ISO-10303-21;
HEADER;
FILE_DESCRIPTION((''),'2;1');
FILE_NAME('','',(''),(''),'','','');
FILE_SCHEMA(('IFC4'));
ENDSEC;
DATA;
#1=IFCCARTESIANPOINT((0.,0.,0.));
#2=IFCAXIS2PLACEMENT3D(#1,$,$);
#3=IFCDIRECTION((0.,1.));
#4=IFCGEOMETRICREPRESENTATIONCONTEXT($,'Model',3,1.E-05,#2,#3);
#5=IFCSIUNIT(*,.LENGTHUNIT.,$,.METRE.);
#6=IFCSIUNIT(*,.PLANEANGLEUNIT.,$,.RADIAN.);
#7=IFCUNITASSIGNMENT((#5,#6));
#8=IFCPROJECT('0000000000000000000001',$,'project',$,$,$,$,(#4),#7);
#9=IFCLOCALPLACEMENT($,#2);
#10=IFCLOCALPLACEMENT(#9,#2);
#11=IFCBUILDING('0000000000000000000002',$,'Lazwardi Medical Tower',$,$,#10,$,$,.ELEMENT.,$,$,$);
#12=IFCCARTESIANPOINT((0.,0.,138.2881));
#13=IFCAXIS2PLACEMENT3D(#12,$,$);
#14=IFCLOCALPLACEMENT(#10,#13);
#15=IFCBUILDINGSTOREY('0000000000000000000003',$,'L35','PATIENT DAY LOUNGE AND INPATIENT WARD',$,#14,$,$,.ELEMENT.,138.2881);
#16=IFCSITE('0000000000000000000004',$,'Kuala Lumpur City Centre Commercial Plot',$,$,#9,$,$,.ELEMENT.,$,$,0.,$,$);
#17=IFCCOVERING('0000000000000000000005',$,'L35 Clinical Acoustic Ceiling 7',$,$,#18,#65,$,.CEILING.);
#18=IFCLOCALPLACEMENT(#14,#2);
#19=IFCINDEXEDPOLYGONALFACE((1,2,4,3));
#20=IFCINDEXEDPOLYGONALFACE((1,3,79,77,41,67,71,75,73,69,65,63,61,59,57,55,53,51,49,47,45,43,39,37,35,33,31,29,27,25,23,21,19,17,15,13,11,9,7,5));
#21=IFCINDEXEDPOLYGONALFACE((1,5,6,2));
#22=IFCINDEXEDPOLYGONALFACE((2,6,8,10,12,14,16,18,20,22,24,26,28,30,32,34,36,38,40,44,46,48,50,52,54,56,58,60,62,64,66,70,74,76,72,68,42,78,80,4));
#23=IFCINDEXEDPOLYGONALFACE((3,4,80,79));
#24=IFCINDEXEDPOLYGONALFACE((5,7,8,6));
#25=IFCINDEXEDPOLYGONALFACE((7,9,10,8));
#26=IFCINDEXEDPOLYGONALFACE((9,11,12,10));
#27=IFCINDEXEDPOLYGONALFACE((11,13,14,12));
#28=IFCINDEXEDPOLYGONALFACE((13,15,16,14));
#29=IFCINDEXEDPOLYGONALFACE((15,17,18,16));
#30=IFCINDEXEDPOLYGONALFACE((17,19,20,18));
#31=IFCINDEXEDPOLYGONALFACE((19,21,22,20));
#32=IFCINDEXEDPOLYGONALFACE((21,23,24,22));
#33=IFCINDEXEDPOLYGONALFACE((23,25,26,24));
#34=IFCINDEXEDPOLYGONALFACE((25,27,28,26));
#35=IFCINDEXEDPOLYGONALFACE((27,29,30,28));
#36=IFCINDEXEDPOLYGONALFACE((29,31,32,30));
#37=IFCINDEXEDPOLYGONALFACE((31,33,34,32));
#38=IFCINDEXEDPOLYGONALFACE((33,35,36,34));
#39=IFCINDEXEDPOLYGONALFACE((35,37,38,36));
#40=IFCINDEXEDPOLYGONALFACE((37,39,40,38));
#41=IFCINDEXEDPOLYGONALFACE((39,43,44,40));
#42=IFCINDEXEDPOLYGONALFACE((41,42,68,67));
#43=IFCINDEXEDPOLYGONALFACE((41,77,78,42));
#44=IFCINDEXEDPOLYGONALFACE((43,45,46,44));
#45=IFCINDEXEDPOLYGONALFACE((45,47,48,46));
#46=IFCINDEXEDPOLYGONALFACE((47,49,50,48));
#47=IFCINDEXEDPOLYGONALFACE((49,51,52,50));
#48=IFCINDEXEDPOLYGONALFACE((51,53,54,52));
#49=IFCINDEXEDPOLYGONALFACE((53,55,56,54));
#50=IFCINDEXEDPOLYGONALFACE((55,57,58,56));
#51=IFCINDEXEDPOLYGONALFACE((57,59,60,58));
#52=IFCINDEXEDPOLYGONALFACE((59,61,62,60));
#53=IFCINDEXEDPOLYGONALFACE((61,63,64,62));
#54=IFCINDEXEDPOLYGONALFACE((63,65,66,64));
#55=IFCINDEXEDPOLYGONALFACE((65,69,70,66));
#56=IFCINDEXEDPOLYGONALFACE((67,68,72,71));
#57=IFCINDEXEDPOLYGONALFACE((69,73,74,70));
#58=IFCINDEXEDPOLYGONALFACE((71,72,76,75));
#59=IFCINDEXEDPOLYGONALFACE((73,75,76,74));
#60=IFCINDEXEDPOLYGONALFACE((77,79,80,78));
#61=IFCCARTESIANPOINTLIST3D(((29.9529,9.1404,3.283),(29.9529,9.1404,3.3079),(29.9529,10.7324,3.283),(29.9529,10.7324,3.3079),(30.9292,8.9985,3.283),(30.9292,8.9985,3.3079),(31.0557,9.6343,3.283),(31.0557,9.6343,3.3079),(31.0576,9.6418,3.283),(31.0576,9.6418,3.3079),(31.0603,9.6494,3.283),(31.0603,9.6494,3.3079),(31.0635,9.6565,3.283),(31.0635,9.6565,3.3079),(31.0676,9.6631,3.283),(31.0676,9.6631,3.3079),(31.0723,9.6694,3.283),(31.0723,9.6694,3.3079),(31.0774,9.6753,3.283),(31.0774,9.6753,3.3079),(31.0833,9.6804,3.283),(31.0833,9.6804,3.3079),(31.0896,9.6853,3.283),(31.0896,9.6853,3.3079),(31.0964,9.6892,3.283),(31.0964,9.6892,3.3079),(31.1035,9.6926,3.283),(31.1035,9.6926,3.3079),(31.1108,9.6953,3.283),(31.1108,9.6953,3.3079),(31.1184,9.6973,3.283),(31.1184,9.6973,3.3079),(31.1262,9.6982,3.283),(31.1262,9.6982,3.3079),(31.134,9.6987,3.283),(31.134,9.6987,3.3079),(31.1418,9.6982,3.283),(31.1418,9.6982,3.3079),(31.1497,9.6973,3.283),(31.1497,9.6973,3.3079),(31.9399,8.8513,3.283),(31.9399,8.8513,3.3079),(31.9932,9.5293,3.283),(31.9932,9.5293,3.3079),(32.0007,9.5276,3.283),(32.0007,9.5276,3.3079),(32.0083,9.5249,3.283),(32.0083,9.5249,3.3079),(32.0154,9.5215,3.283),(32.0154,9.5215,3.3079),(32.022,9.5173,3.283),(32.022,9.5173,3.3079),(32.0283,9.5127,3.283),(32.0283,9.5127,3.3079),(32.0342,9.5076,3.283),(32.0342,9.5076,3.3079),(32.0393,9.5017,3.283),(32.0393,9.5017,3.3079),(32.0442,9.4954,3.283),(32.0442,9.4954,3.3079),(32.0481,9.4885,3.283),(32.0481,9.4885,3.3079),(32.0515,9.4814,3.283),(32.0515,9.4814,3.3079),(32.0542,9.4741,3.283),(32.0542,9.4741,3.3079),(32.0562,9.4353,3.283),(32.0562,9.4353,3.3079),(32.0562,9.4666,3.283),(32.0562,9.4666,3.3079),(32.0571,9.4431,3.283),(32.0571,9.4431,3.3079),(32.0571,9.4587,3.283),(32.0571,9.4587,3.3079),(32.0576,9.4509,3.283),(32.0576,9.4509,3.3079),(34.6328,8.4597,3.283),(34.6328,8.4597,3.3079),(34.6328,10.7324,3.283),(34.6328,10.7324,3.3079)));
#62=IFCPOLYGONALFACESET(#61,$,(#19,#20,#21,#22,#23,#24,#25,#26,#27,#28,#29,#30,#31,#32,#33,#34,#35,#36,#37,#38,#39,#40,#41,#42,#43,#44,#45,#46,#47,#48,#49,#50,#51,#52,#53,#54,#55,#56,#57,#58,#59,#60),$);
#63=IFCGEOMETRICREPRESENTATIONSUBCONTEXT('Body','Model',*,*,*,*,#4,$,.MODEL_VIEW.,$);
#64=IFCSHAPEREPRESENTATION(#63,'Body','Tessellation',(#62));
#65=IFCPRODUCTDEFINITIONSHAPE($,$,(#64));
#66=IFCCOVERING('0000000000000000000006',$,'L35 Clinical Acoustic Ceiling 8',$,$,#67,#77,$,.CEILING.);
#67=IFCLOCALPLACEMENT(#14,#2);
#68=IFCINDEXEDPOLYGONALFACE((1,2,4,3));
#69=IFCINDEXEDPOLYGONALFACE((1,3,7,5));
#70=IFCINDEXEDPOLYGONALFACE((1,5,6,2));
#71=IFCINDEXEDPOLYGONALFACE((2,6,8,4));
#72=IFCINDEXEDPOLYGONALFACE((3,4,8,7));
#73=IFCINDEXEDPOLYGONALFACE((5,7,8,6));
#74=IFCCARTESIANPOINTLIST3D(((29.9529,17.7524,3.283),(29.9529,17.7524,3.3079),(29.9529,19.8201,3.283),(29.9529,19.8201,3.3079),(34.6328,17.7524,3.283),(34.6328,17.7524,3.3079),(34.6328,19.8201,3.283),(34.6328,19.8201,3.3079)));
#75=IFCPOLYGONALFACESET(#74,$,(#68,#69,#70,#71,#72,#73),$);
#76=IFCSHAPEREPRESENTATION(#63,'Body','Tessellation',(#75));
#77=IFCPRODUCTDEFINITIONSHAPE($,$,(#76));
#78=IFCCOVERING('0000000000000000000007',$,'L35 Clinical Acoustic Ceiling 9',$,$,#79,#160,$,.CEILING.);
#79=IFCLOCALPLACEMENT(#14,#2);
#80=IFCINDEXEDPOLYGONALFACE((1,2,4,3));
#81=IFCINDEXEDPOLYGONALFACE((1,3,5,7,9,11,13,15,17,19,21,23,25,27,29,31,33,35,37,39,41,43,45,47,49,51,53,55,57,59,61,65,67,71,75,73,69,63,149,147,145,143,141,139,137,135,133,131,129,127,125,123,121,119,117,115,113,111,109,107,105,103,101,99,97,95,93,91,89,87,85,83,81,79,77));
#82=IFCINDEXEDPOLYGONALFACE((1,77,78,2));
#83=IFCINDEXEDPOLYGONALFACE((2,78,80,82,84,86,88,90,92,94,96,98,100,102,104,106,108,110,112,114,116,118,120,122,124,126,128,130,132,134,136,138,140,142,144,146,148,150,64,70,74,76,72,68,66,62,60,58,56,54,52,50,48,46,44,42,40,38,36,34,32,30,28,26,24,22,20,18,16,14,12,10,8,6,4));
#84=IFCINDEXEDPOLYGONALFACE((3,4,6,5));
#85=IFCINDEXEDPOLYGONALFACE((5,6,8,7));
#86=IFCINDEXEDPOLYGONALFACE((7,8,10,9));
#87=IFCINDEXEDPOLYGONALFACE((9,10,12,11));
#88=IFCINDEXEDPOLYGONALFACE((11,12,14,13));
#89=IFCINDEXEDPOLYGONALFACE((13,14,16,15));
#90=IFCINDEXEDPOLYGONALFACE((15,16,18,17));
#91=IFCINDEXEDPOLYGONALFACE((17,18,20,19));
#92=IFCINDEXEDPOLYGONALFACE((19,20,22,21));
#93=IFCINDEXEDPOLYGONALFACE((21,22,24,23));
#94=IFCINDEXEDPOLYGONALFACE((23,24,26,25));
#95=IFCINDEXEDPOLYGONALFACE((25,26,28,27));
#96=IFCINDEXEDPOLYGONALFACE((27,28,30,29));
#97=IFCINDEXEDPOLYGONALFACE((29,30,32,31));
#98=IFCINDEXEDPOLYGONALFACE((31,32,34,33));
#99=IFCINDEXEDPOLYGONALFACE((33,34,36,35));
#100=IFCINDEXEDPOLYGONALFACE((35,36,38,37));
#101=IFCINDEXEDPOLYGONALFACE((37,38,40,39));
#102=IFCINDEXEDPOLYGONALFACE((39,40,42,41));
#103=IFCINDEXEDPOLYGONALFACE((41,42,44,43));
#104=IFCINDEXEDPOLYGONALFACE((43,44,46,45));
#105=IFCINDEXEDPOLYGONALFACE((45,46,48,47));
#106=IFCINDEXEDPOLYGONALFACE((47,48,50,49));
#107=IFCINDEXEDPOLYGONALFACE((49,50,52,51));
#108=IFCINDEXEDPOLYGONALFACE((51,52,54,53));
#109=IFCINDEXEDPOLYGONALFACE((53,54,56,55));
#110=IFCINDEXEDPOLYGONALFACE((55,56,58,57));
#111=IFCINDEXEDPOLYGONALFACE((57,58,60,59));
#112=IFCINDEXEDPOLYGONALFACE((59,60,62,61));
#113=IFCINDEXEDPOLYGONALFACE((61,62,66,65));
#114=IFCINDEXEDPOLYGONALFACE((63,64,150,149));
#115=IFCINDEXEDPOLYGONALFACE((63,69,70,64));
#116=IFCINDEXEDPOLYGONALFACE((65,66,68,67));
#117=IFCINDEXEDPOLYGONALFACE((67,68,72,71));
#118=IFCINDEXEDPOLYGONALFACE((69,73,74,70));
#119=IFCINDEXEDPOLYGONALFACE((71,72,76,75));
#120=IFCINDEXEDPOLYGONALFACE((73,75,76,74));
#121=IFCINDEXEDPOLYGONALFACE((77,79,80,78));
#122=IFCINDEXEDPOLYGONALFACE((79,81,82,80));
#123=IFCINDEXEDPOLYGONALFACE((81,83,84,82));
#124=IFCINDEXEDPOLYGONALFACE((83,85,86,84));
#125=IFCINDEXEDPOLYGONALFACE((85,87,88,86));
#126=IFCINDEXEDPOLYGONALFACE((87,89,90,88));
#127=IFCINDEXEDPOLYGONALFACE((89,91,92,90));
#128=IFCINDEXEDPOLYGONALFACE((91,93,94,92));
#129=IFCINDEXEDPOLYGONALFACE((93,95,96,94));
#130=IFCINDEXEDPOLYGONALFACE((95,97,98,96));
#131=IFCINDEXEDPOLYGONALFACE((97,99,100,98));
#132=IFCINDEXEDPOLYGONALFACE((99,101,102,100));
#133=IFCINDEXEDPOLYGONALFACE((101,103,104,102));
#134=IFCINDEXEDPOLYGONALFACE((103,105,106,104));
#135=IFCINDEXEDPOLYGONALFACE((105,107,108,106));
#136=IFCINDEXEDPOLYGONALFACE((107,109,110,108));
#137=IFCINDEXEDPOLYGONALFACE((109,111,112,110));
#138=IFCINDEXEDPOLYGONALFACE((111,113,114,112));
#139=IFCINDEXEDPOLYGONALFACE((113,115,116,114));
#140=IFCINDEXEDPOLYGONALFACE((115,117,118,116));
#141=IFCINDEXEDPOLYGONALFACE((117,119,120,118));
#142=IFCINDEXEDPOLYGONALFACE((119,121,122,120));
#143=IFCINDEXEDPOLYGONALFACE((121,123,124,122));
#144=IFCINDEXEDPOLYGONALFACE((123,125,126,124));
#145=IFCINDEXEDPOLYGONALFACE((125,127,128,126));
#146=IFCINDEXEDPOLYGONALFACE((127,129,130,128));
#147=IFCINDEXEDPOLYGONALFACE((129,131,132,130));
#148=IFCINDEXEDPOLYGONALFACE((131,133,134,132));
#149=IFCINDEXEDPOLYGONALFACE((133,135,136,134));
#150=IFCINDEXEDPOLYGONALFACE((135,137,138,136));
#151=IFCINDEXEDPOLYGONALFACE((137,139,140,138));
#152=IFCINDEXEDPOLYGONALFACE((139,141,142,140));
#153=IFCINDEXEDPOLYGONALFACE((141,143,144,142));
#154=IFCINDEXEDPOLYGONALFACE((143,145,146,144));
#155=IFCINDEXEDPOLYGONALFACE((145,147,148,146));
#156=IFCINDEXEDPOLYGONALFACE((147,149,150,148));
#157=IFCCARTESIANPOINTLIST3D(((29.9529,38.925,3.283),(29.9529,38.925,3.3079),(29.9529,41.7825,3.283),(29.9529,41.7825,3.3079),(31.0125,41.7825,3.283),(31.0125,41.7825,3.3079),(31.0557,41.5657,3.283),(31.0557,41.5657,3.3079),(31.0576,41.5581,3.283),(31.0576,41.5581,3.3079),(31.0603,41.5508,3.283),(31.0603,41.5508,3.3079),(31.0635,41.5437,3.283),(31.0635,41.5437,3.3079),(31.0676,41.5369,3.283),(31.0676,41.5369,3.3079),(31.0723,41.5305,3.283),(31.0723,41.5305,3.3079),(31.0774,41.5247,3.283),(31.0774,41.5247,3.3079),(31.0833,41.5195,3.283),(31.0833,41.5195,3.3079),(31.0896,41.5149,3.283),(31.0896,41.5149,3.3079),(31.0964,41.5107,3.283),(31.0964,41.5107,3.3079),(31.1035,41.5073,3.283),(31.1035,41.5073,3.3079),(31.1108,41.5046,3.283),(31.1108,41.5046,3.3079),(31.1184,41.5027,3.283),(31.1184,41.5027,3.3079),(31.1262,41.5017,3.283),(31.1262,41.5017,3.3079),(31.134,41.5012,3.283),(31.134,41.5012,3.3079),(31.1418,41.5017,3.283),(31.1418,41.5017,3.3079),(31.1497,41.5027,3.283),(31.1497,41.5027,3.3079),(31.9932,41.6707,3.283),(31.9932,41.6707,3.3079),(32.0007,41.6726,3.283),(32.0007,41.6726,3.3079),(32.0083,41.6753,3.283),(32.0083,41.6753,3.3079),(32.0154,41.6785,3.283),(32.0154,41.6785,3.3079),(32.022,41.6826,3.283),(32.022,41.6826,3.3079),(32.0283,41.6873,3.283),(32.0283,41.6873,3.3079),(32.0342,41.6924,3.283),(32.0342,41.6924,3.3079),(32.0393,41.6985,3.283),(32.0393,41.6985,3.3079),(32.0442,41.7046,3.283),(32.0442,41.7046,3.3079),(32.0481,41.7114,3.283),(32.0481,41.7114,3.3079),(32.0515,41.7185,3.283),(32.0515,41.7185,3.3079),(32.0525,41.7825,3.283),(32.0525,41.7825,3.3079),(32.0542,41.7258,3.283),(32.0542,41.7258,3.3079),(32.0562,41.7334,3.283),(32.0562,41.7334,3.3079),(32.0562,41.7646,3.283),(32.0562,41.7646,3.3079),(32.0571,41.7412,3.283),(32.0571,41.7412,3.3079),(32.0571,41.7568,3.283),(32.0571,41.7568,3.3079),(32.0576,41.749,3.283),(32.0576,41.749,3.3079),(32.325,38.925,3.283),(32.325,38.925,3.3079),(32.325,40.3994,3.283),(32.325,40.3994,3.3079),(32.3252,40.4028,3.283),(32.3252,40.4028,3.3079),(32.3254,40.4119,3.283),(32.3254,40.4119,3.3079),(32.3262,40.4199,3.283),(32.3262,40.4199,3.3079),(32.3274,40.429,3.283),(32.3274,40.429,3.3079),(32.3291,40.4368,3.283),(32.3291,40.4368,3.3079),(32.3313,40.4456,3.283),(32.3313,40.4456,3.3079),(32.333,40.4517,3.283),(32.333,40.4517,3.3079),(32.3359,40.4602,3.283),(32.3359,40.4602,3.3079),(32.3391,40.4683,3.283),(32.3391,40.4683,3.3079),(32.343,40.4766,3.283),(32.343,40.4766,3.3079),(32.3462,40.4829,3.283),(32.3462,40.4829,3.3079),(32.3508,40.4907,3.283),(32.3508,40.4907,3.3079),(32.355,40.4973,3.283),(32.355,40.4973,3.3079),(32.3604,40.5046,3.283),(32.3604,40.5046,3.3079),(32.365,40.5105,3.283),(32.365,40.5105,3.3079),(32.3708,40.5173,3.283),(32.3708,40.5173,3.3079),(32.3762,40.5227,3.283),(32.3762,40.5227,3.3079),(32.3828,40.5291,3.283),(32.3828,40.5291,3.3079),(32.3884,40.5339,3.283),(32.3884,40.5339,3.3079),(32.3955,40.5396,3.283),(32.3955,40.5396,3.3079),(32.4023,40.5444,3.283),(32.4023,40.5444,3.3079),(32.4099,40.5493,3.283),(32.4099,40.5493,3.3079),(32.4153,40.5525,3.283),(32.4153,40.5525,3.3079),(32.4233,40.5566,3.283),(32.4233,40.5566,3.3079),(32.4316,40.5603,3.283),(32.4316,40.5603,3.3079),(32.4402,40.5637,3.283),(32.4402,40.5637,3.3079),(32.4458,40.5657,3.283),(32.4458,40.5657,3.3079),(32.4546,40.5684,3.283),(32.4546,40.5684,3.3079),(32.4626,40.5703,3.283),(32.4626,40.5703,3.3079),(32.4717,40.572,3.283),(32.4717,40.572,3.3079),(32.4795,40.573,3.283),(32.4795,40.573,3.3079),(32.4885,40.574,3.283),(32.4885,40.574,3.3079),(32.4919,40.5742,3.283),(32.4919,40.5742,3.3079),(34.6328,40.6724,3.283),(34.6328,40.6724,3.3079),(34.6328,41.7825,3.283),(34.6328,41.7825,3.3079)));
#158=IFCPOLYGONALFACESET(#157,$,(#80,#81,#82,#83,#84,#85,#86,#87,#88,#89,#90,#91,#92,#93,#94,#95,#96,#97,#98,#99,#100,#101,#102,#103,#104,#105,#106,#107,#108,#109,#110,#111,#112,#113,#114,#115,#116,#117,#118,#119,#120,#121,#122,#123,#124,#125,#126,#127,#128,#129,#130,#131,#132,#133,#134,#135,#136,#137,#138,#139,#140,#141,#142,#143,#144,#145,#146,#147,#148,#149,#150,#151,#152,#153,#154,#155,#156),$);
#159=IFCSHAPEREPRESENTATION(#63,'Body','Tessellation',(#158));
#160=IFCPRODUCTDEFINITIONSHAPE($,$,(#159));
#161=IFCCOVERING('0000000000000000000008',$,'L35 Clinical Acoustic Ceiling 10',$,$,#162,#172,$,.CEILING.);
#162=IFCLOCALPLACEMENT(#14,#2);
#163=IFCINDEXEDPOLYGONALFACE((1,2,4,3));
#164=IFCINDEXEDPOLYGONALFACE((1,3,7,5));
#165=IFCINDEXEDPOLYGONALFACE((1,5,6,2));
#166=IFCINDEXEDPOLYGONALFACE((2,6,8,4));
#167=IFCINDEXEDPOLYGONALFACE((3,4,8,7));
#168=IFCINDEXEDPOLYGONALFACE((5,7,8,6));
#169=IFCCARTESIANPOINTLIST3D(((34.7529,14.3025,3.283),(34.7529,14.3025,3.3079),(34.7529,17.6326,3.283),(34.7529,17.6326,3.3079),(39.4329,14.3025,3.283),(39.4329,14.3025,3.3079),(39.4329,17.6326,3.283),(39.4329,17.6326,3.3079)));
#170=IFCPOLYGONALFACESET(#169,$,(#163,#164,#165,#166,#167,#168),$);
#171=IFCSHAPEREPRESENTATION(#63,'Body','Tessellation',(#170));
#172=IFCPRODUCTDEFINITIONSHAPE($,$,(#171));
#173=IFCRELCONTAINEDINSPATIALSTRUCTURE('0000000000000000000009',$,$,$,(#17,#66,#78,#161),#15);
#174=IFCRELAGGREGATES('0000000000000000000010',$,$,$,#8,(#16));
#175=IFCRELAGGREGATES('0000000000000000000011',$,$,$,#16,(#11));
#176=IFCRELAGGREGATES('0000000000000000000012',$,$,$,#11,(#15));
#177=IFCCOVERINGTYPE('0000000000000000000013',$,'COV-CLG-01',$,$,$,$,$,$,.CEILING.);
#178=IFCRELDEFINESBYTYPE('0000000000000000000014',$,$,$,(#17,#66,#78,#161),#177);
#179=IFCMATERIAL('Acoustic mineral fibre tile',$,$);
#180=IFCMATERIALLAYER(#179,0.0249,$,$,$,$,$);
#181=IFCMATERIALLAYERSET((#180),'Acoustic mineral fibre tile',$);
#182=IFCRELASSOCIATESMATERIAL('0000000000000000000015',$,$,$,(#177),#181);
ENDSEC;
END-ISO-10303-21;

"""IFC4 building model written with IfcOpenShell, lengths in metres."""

from ifc_helpers import new_model, si_unit, direction, frame, origin, place, context, subcontext, project, spatial, polyline, outline, extrude, material, layer, layer_set, type_object, element, save


model = new_model("IFC4")

# Units and contexts
model_context = context("Model", 3, precision=1e-05, world=origin(), true_north=direction((0.0, 1.0)))
body_context = subcontext(model_context, "Body", "Model", "MODEL_VIEW")
ifc_project = project(units=[si_unit("LENGTHUNIT", "METRE"), si_unit("PLANEANGLEUNIT", "RADIAN")], contexts=[model_context])

# Site, building, storey
site_placement = place(None, origin())
site = spatial("IfcSite", under=ifc_project, at=site_placement, Name="Kuala Lumpur City Centre Commercial Plot", CompositionType="ELEMENT", RefElevation=0.0)
building_placement = place(site_placement, origin())
building = spatial("IfcBuilding", under=site, at=building_placement, Name="Lazwardi Medical Tower", CompositionType="ELEMENT")
storey_placement = place(building_placement, frame((0.0, 0.0, 138.2881)))
storey = spatial("IfcBuildingStorey", under=building, at=storey_placement, Name="L35", Description="PATIENT DAY LOUNGE AND INPATIENT WARD", CompositionType="ELEMENT", Elevation=138.2881)

# Coverings
ifc_material_1 = material(Name="Acoustic mineral fibre tile")
ifc_layer_1 = layer(ifc_material_1, 0.0249)
ifc_layer_set_1 = layer_set([ifc_layer_1], Name="Acoustic mineral fibre tile")
covering_type_1 = type_object("IfcCoveringType", Name="COV-CLG-01", PredefinedType="CEILING", material=ifc_layer_set_1)
covering_1_placement = place(storey_placement, frame((0.0, 0.0, 3.283)))
element("IfcCovering", 1, at=covering_1_placement, inside=storey, type_object=covering_type_1, Name="L35 Clinical Acoustic Ceiling 7", PredefinedType="CEILING", context=body_context, shape_type="SweptSolid", body=[
    extrude(outline(polyline([(29.9529, 9.1404), (30.9292, 8.9985), (31.0557, 9.6343), (31.0576, 9.6418), (31.0603, 9.6494), (31.0635, 9.6565), (31.0676, 9.6631), (31.0723, 9.6694), (31.0774, 9.6753), (31.0833, 9.6804), (31.0896, 9.6853), (31.0964, 9.6892), (31.1035, 9.6926), (31.1108, 9.6953), (31.1184, 9.6973), (31.1262, 9.6982), (31.134, 9.6987), (31.1418, 9.6982), (31.1497, 9.6973), (31.9932, 9.5293), (32.0007, 9.5276), (32.0083, 9.5249), (32.0154, 9.5215), (32.022, 9.5173), (32.0283, 9.5127), (32.0342, 9.5076), (32.0393, 9.5017), (32.0442, 9.4954), (32.0481, 9.4885), (32.0515, 9.4814), (32.0542, 9.4741), (32.0562, 9.4666), (32.0571, 9.4587), (32.0576, 9.4509), (32.0571, 9.4431), (32.0562, 9.4353), (31.9399, 8.8513), (34.6328, 8.4597), (34.6328, 10.7324), (29.9529, 10.7324), (29.9529, 9.1404)])), origin(), (0.0, 0.0, 1.0), 0.0249),
])
covering_2_placement = place(storey_placement, frame((0.0, 0.0, 3.283)))
element("IfcCovering", 2, at=covering_2_placement, inside=storey, type_object=covering_type_1, Name="L35 Clinical Acoustic Ceiling 8", PredefinedType="CEILING", context=body_context, shape_type="SweptSolid", body=[
    extrude(outline(polyline([(34.6328, 19.8201), (29.9529, 19.8201), (29.9529, 17.7524), (34.6328, 17.7524), (34.6328, 19.8201)])), origin(), (0.0, 0.0, 1.0), 0.0249),
])
covering_3_placement = place(storey_placement, frame((0.0, 0.0, 3.283)))
element("IfcCovering", 3, at=covering_3_placement, inside=storey, type_object=covering_type_1, Name="L35 Clinical Acoustic Ceiling 9", PredefinedType="CEILING", context=body_context, shape_type="SweptSolid", body=[
    extrude(outline(polyline([(32.0525, 41.7825), (32.0562, 41.7646), (32.0571, 41.7568), (32.0576, 41.749), (32.0571, 41.7412), (32.0562, 41.7334), (32.0542, 41.7258), (32.0515, 41.7185), (32.0481, 41.7114), (32.0442, 41.7046), (32.0393, 41.6985), (32.0342, 41.6924), (32.0283, 41.6873), (32.022, 41.6826), (32.0154, 41.6785), (32.0083, 41.6753), (32.0007, 41.6726), (31.9932, 41.6707), (31.1497, 41.5027), (31.1418, 41.5017), (31.134, 41.5012), (31.1262, 41.5017), (31.1184, 41.5027), (31.1108, 41.5046), (31.1035, 41.5073), (31.0964, 41.5107), (31.0896, 41.5149), (31.0833, 41.5195), (31.0774, 41.5247), (31.0723, 41.5305), (31.0676, 41.5369), (31.0635, 41.5437), (31.0603, 41.5508), (31.0576, 41.5581), (31.0557, 41.5657), (31.0125, 41.7825), (29.9529, 41.7825), (29.9529, 38.925), (32.325, 38.925), (32.325, 40.3994), (32.3252, 40.4028), (32.3254, 40.4119), (32.3262, 40.4199), (32.3274, 40.429), (32.3291, 40.4368), (32.3313, 40.4456), (32.333, 40.4517), (32.3359, 40.4602), (32.3391, 40.4683), (32.343, 40.4766), (32.3462, 40.4829), (32.3508, 40.4907), (32.355, 40.4973), (32.3604, 40.5046), (32.365, 40.5105), (32.3708, 40.5173), (32.3762, 40.5227), (32.3828, 40.5291), (32.3884, 40.5339), (32.3955, 40.5396), (32.4023, 40.5444), (32.4099, 40.5493), (32.4153, 40.5525), (32.4233, 40.5566), (32.4316, 40.5603), (32.4402, 40.5637), (32.4458, 40.5657), (32.4546, 40.5684), (32.4626, 40.5703), (32.4717, 40.572), (32.4795, 40.573), (32.4885, 40.574), (32.4919, 40.5742), (34.6328, 40.6724), (34.6328, 41.7825), (32.0525, 41.7825)])), origin(), (0.0, 0.0, 1.0), 0.0249),
])
covering_4_placement = place(storey_placement, frame((0.0, 0.0, 3.283)))
element("IfcCovering", 4, at=covering_4_placement, inside=storey, type_object=covering_type_1, Name="L35 Clinical Acoustic Ceiling 10", PredefinedType="CEILING", context=body_context, shape_type="SweptSolid", body=[
    extrude(outline(polyline([(39.4329, 14.3025), (39.4329, 17.6326), (34.7529, 17.6326), (34.7529, 14.3025), (39.4329, 14.3025)])), origin(), (0.0, 0.0, 1.0), 0.0249),
])

save(model, "model.ifc")
